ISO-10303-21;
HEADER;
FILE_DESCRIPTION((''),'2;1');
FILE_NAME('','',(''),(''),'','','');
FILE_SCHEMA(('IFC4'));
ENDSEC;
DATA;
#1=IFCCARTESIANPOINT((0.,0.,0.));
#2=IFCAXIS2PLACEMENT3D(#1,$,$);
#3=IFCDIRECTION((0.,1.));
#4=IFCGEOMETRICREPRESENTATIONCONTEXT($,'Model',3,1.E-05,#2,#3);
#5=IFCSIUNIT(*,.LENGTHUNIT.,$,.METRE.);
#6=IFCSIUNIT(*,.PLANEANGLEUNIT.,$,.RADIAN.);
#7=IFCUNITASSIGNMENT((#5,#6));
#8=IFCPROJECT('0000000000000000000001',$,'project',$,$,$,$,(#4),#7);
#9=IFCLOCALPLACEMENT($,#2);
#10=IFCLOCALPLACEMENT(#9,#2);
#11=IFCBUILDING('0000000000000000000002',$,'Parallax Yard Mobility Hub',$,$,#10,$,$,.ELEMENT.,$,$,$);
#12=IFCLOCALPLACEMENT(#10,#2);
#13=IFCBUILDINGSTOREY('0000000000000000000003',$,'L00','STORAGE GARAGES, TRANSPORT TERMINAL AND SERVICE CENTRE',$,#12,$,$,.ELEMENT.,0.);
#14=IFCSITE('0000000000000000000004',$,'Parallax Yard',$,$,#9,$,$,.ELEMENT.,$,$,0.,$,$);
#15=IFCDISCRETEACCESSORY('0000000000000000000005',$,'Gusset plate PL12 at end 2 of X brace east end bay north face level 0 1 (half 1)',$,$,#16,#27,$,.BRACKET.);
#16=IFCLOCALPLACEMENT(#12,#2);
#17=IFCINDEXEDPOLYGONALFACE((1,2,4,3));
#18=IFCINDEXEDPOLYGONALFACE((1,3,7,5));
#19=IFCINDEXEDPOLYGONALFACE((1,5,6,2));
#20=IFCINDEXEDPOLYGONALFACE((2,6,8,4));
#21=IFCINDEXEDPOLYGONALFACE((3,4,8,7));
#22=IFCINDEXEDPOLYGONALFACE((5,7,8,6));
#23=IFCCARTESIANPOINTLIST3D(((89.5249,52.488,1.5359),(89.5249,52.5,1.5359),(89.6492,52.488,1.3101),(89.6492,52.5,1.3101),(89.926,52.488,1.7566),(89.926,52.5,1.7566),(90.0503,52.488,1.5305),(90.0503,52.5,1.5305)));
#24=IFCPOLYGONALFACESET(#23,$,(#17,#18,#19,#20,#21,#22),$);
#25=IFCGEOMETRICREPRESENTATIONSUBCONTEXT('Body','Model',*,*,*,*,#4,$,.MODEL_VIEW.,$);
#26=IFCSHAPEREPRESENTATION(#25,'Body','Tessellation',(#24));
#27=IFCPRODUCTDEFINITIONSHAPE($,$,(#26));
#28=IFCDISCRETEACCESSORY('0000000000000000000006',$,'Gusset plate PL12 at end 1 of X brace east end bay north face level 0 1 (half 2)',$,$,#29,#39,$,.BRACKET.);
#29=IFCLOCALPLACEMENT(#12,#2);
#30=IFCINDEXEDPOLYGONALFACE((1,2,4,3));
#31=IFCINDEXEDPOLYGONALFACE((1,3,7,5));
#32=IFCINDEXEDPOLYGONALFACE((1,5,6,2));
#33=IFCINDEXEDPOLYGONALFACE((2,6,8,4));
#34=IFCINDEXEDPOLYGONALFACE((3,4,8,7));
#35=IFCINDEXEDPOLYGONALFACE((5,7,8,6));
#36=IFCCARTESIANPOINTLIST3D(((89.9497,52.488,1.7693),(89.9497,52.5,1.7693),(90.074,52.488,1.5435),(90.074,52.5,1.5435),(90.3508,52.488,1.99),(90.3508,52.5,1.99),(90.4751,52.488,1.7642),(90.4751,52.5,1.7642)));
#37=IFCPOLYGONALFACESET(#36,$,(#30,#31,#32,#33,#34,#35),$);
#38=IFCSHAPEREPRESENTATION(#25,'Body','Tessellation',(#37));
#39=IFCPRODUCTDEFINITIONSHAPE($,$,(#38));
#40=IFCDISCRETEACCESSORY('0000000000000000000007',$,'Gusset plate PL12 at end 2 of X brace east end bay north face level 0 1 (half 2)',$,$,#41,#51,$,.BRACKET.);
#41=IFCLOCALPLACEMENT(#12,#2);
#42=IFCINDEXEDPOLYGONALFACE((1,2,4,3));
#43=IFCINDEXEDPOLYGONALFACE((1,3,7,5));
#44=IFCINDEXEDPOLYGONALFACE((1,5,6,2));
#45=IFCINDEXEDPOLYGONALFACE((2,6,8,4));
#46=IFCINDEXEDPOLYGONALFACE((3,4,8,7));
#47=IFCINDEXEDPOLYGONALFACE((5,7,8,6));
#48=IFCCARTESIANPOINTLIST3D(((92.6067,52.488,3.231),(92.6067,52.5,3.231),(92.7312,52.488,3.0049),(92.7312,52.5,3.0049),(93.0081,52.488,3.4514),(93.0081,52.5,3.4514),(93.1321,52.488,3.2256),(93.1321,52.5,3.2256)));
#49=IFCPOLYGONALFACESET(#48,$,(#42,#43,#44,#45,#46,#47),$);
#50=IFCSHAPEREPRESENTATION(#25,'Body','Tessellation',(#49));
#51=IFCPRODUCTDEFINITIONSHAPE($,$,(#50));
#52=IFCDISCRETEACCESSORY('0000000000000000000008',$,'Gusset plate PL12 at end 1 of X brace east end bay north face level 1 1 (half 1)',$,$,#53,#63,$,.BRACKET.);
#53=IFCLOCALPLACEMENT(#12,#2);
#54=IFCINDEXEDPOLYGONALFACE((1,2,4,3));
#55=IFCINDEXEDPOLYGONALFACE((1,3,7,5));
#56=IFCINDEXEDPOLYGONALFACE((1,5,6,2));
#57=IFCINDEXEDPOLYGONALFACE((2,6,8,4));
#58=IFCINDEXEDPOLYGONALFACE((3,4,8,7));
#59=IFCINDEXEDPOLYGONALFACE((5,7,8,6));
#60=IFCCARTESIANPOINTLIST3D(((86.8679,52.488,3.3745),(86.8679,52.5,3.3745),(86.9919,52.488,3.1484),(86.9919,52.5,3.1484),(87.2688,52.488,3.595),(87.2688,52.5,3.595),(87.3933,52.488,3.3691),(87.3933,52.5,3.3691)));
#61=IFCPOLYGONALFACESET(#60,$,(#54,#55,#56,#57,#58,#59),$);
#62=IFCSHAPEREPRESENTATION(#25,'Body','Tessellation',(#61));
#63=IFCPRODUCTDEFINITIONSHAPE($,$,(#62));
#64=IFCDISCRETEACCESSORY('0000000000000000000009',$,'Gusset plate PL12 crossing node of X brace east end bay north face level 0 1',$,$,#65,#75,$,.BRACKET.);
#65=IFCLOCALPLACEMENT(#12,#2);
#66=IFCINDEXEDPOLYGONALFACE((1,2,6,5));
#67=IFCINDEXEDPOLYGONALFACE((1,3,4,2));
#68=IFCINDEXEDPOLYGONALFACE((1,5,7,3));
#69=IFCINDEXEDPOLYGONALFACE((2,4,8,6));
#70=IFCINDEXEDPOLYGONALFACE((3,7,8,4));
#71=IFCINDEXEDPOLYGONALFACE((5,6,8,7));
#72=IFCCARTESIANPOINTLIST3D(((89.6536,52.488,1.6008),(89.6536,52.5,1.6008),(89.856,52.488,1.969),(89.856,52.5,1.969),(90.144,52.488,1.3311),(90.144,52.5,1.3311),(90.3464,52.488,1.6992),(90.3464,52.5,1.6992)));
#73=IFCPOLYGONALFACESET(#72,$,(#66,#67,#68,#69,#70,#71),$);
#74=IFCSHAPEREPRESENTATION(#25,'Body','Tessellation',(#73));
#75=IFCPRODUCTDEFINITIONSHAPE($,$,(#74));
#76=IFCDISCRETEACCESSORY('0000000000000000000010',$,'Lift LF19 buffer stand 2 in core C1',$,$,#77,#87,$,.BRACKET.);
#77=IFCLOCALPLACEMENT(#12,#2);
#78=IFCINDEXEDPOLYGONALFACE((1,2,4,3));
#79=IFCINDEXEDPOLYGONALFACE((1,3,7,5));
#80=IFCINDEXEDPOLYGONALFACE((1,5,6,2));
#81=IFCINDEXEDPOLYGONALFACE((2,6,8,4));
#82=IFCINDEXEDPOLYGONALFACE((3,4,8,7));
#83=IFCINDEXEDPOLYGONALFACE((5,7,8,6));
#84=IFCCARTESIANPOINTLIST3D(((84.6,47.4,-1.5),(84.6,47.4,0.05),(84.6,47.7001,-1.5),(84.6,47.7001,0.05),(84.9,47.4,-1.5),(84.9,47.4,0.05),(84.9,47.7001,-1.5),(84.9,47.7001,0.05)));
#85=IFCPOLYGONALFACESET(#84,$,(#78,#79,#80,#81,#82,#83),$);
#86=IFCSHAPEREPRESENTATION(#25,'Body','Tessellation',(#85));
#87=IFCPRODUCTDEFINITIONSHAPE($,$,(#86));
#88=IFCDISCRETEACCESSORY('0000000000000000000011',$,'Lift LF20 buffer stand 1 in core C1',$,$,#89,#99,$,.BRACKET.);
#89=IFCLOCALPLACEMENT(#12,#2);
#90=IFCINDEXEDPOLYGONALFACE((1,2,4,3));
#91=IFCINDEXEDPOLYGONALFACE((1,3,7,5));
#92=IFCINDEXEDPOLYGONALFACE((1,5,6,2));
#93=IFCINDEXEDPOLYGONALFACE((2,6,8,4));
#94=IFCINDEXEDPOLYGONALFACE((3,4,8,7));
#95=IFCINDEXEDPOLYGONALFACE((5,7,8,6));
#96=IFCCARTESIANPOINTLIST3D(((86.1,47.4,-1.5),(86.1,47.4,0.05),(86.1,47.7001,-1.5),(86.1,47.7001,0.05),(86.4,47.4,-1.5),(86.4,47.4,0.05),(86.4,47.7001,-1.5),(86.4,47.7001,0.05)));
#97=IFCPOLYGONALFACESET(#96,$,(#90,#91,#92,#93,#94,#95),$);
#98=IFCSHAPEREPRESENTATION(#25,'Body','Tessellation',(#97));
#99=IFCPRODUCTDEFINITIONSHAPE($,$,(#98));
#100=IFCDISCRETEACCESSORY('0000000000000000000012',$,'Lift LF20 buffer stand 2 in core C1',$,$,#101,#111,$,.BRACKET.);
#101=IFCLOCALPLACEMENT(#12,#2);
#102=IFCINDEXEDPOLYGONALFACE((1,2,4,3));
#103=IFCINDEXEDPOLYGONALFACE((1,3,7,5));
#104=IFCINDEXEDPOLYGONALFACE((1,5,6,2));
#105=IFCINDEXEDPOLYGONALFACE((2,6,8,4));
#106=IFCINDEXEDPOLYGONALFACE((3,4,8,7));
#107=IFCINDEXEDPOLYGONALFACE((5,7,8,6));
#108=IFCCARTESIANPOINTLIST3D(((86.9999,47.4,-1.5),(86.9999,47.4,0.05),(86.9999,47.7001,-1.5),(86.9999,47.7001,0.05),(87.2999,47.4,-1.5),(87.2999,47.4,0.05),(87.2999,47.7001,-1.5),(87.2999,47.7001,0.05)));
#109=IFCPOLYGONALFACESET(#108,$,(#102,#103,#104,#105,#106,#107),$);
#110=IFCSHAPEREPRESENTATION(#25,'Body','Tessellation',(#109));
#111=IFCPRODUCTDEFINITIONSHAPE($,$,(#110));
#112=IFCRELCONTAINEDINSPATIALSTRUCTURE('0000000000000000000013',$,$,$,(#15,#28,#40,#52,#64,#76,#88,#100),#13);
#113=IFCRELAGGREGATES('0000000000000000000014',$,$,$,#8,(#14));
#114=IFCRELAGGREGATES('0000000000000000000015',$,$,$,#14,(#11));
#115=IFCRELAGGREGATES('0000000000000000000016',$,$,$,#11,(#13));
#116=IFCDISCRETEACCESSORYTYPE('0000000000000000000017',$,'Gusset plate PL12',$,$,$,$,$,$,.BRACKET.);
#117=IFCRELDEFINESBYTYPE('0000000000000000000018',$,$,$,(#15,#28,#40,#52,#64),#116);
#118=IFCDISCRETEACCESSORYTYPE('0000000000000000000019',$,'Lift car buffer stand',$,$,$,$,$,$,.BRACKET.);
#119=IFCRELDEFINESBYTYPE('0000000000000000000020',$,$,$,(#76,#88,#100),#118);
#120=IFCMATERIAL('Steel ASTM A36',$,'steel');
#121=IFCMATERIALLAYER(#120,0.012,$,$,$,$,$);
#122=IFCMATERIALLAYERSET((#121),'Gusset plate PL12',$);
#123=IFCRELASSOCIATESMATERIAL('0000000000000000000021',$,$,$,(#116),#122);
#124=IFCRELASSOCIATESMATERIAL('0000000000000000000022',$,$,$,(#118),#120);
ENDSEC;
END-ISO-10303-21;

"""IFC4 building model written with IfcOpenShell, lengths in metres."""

from ifc_helpers import new_model, si_unit, direction, frame, origin, origin_2d, place, context, subcontext, project, spatial, polyline, rectangle, outline, extrude, material, layer, layer_set, type_object, element, save


model = new_model("IFC4")

# Units and contexts
model_context = context("Model", 3, precision=1e-05, world=origin(), true_north=direction((0.0, 1.0)))
body_context = subcontext(model_context, "Body", "Model", "MODEL_VIEW")
ifc_project = project(units=[si_unit("LENGTHUNIT", "METRE"), si_unit("PLANEANGLEUNIT", "RADIAN")], contexts=[model_context])

# Site, building, storey
site_placement = place(None, origin())
site = spatial("IfcSite", under=ifc_project, at=site_placement, Name="Parallax Yard", CompositionType="ELEMENT", RefElevation=0.0)
building_placement = place(site_placement, origin())
building = spatial("IfcBuilding", under=site, at=building_placement, Name="Parallax Yard Mobility Hub", CompositionType="ELEMENT")
storey_placement = place(building_placement, origin())
storey = spatial("IfcBuildingStorey", under=building, at=storey_placement, Name="L00", Description="STORAGE GARAGES, TRANSPORT TERMINAL AND SERVICE CENTRE", CompositionType="ELEMENT", Elevation=0.0)

# Discrete accessories
ifc_material_1 = material(Name="Steel ASTM A36", Category="steel")
ifc_layer_1 = layer(ifc_material_1, 0.012)
ifc_layer_set_1 = layer_set([ifc_layer_1], Name="Gusset plate PL12")
discrete_accessory_type_1 = type_object("IfcDiscreteAccessoryType", Name="Gusset plate PL12", PredefinedType="BRACKET", material=ifc_layer_set_1)
discrete_accessory_1_placement = place(storey_placement, frame((89.5249, 52.5, 1.5359), z_axis=(0.0, 1.0, 0.0), x_axis=(0.876137, 0.0, 0.482062)))
element("IfcDiscreteAccessory", 1, at=discrete_accessory_1_placement, inside=storey, type_object=discrete_accessory_type_1, Name="Gusset plate PL12 at end 2 of X brace east end bay north face level 0 1 (half 1)", PredefinedType="BRACKET", context=body_context, shape_type="SweptSolid", body=[
    extrude(outline(polyline([(0.0, 0.0), (0.4578, 0.0), (0.4577, 0.258), (0.0, 0.2578), (0.0, 0.0)])), origin(), (0.0, 0.0, -1.0), 0.012),
])
discrete_accessory_2_placement = place(storey_placement, frame((90.4751, 52.5, 1.7642), z_axis=(0.0, 1.0, 0.0), x_axis=(-0.876137, 0.0, -0.482062)))
element("IfcDiscreteAccessory", 2, at=discrete_accessory_2_placement, inside=storey, type_object=discrete_accessory_type_1, Name="Gusset plate PL12 at end 1 of X brace east end bay north face level 0 1 (half 2)", PredefinedType="BRACKET", context=body_context, shape_type="SweptSolid", body=[
    extrude(outline(polyline([(0.0, 0.0), (0.4578, 0.0), (0.4578, 0.2578), (0.0, 0.2578), (0.0, 0.0)])), origin(), (0.0, 0.0, -1.0), 0.012),
])
discrete_accessory_3_placement = place(storey_placement, frame((92.6067, 52.5, 3.231), z_axis=(0.0, 1.0, 0.0), x_axis=(0.876486, 0.0, 0.481427)))
element("IfcDiscreteAccessory", 3, at=discrete_accessory_3_placement, inside=storey, type_object=discrete_accessory_type_1, Name="Gusset plate PL12 at end 2 of X brace east end bay north face level 0 1 (half 2)", PredefinedType="BRACKET", context=body_context, shape_type="SweptSolid", body=[
    extrude(outline(polyline([(0.0, 0.0), (0.4579, 0.0), (0.4579, 0.2576), (0.0003, 0.2581), (0.0, 0.0)])), origin(), (0.0, 0.0, -1.0), 0.012),
])
discrete_accessory_4_placement = place(storey_placement, frame((87.3933, 52.5, 3.3691), z_axis=(0.0, 1.0, 0.0), x_axis=(-0.876261, 0.0, -0.481837)))
element("IfcDiscreteAccessory", 4, at=discrete_accessory_4_placement, inside=storey, type_object=discrete_accessory_type_1, Name="Gusset plate PL12 at end 1 of X brace east end bay north face level 1 1 (half 1)", PredefinedType="BRACKET", context=body_context, shape_type="SweptSolid", body=[
    extrude(outline(polyline([(0.0, 0.0), (0.458, 0.0), (0.4578, 0.2579), (0.0003, 0.2579), (0.0, 0.0)])), origin(), (0.0, 0.0, -1.0), 0.012),
])
discrete_accessory_5_placement = place(storey_placement, frame((90.144, 52.5, 1.3311), z_axis=(0.0, 1.0, 0.0), x_axis=(-0.876207, 0.0, 0.481935)))
element("IfcDiscreteAccessory", 5, at=discrete_accessory_5_placement, inside=storey, type_object=discrete_accessory_type_1, Name="Gusset plate PL12 crossing node of X brace east end bay north face level 0 1", PredefinedType="BRACKET", context=body_context, shape_type="SweptSolid", body=[
    extrude(outline(polyline([(0.0, 0.0), (0.5598, 0.0), (0.5599, 0.4201), (0.0001, 0.4201), (0.0, 0.0)])), origin(), (0.0, 0.0, -1.0), 0.012),
])
discrete_accessory_type_2 = type_object("IfcDiscreteAccessoryType", Name="Lift car buffer stand", PredefinedType="BRACKET", material=ifc_material_1)
for number, where, z_axis, x_axis, name in (
    (6, (84.75, 47.55, -1.5), (0.0, 0.0, 1.0), (1.0, 0.0, 0.0), "Lift LF19 buffer stand 2 in core C1"),
    (7, (86.25, 47.55, -1.5), (0.0, 0.0, 1.0), (1.0, 0.0, 0.0), "Lift LF20 buffer stand 1 in core C1"),
    (8, (87.1499, 47.55, -1.5), (0.0, 0.0, 1.0), (1.0, 0.0, 0.0), "Lift LF20 buffer stand 2 in core C1"),
):
    element("IfcDiscreteAccessory", number, at=place(storey_placement, frame(where, z_axis=z_axis, x_axis=x_axis)), inside=storey, type_object=discrete_accessory_type_2, Name=name, PredefinedType="BRACKET", context=body_context, shape_type="SweptSolid", body=[
        extrude(rectangle(XDim=0.3, YDim=0.3, at=origin_2d()), origin(), (0.0, 0.0, 1.0), 1.55),
    ])

save(model, "model.ifc")
